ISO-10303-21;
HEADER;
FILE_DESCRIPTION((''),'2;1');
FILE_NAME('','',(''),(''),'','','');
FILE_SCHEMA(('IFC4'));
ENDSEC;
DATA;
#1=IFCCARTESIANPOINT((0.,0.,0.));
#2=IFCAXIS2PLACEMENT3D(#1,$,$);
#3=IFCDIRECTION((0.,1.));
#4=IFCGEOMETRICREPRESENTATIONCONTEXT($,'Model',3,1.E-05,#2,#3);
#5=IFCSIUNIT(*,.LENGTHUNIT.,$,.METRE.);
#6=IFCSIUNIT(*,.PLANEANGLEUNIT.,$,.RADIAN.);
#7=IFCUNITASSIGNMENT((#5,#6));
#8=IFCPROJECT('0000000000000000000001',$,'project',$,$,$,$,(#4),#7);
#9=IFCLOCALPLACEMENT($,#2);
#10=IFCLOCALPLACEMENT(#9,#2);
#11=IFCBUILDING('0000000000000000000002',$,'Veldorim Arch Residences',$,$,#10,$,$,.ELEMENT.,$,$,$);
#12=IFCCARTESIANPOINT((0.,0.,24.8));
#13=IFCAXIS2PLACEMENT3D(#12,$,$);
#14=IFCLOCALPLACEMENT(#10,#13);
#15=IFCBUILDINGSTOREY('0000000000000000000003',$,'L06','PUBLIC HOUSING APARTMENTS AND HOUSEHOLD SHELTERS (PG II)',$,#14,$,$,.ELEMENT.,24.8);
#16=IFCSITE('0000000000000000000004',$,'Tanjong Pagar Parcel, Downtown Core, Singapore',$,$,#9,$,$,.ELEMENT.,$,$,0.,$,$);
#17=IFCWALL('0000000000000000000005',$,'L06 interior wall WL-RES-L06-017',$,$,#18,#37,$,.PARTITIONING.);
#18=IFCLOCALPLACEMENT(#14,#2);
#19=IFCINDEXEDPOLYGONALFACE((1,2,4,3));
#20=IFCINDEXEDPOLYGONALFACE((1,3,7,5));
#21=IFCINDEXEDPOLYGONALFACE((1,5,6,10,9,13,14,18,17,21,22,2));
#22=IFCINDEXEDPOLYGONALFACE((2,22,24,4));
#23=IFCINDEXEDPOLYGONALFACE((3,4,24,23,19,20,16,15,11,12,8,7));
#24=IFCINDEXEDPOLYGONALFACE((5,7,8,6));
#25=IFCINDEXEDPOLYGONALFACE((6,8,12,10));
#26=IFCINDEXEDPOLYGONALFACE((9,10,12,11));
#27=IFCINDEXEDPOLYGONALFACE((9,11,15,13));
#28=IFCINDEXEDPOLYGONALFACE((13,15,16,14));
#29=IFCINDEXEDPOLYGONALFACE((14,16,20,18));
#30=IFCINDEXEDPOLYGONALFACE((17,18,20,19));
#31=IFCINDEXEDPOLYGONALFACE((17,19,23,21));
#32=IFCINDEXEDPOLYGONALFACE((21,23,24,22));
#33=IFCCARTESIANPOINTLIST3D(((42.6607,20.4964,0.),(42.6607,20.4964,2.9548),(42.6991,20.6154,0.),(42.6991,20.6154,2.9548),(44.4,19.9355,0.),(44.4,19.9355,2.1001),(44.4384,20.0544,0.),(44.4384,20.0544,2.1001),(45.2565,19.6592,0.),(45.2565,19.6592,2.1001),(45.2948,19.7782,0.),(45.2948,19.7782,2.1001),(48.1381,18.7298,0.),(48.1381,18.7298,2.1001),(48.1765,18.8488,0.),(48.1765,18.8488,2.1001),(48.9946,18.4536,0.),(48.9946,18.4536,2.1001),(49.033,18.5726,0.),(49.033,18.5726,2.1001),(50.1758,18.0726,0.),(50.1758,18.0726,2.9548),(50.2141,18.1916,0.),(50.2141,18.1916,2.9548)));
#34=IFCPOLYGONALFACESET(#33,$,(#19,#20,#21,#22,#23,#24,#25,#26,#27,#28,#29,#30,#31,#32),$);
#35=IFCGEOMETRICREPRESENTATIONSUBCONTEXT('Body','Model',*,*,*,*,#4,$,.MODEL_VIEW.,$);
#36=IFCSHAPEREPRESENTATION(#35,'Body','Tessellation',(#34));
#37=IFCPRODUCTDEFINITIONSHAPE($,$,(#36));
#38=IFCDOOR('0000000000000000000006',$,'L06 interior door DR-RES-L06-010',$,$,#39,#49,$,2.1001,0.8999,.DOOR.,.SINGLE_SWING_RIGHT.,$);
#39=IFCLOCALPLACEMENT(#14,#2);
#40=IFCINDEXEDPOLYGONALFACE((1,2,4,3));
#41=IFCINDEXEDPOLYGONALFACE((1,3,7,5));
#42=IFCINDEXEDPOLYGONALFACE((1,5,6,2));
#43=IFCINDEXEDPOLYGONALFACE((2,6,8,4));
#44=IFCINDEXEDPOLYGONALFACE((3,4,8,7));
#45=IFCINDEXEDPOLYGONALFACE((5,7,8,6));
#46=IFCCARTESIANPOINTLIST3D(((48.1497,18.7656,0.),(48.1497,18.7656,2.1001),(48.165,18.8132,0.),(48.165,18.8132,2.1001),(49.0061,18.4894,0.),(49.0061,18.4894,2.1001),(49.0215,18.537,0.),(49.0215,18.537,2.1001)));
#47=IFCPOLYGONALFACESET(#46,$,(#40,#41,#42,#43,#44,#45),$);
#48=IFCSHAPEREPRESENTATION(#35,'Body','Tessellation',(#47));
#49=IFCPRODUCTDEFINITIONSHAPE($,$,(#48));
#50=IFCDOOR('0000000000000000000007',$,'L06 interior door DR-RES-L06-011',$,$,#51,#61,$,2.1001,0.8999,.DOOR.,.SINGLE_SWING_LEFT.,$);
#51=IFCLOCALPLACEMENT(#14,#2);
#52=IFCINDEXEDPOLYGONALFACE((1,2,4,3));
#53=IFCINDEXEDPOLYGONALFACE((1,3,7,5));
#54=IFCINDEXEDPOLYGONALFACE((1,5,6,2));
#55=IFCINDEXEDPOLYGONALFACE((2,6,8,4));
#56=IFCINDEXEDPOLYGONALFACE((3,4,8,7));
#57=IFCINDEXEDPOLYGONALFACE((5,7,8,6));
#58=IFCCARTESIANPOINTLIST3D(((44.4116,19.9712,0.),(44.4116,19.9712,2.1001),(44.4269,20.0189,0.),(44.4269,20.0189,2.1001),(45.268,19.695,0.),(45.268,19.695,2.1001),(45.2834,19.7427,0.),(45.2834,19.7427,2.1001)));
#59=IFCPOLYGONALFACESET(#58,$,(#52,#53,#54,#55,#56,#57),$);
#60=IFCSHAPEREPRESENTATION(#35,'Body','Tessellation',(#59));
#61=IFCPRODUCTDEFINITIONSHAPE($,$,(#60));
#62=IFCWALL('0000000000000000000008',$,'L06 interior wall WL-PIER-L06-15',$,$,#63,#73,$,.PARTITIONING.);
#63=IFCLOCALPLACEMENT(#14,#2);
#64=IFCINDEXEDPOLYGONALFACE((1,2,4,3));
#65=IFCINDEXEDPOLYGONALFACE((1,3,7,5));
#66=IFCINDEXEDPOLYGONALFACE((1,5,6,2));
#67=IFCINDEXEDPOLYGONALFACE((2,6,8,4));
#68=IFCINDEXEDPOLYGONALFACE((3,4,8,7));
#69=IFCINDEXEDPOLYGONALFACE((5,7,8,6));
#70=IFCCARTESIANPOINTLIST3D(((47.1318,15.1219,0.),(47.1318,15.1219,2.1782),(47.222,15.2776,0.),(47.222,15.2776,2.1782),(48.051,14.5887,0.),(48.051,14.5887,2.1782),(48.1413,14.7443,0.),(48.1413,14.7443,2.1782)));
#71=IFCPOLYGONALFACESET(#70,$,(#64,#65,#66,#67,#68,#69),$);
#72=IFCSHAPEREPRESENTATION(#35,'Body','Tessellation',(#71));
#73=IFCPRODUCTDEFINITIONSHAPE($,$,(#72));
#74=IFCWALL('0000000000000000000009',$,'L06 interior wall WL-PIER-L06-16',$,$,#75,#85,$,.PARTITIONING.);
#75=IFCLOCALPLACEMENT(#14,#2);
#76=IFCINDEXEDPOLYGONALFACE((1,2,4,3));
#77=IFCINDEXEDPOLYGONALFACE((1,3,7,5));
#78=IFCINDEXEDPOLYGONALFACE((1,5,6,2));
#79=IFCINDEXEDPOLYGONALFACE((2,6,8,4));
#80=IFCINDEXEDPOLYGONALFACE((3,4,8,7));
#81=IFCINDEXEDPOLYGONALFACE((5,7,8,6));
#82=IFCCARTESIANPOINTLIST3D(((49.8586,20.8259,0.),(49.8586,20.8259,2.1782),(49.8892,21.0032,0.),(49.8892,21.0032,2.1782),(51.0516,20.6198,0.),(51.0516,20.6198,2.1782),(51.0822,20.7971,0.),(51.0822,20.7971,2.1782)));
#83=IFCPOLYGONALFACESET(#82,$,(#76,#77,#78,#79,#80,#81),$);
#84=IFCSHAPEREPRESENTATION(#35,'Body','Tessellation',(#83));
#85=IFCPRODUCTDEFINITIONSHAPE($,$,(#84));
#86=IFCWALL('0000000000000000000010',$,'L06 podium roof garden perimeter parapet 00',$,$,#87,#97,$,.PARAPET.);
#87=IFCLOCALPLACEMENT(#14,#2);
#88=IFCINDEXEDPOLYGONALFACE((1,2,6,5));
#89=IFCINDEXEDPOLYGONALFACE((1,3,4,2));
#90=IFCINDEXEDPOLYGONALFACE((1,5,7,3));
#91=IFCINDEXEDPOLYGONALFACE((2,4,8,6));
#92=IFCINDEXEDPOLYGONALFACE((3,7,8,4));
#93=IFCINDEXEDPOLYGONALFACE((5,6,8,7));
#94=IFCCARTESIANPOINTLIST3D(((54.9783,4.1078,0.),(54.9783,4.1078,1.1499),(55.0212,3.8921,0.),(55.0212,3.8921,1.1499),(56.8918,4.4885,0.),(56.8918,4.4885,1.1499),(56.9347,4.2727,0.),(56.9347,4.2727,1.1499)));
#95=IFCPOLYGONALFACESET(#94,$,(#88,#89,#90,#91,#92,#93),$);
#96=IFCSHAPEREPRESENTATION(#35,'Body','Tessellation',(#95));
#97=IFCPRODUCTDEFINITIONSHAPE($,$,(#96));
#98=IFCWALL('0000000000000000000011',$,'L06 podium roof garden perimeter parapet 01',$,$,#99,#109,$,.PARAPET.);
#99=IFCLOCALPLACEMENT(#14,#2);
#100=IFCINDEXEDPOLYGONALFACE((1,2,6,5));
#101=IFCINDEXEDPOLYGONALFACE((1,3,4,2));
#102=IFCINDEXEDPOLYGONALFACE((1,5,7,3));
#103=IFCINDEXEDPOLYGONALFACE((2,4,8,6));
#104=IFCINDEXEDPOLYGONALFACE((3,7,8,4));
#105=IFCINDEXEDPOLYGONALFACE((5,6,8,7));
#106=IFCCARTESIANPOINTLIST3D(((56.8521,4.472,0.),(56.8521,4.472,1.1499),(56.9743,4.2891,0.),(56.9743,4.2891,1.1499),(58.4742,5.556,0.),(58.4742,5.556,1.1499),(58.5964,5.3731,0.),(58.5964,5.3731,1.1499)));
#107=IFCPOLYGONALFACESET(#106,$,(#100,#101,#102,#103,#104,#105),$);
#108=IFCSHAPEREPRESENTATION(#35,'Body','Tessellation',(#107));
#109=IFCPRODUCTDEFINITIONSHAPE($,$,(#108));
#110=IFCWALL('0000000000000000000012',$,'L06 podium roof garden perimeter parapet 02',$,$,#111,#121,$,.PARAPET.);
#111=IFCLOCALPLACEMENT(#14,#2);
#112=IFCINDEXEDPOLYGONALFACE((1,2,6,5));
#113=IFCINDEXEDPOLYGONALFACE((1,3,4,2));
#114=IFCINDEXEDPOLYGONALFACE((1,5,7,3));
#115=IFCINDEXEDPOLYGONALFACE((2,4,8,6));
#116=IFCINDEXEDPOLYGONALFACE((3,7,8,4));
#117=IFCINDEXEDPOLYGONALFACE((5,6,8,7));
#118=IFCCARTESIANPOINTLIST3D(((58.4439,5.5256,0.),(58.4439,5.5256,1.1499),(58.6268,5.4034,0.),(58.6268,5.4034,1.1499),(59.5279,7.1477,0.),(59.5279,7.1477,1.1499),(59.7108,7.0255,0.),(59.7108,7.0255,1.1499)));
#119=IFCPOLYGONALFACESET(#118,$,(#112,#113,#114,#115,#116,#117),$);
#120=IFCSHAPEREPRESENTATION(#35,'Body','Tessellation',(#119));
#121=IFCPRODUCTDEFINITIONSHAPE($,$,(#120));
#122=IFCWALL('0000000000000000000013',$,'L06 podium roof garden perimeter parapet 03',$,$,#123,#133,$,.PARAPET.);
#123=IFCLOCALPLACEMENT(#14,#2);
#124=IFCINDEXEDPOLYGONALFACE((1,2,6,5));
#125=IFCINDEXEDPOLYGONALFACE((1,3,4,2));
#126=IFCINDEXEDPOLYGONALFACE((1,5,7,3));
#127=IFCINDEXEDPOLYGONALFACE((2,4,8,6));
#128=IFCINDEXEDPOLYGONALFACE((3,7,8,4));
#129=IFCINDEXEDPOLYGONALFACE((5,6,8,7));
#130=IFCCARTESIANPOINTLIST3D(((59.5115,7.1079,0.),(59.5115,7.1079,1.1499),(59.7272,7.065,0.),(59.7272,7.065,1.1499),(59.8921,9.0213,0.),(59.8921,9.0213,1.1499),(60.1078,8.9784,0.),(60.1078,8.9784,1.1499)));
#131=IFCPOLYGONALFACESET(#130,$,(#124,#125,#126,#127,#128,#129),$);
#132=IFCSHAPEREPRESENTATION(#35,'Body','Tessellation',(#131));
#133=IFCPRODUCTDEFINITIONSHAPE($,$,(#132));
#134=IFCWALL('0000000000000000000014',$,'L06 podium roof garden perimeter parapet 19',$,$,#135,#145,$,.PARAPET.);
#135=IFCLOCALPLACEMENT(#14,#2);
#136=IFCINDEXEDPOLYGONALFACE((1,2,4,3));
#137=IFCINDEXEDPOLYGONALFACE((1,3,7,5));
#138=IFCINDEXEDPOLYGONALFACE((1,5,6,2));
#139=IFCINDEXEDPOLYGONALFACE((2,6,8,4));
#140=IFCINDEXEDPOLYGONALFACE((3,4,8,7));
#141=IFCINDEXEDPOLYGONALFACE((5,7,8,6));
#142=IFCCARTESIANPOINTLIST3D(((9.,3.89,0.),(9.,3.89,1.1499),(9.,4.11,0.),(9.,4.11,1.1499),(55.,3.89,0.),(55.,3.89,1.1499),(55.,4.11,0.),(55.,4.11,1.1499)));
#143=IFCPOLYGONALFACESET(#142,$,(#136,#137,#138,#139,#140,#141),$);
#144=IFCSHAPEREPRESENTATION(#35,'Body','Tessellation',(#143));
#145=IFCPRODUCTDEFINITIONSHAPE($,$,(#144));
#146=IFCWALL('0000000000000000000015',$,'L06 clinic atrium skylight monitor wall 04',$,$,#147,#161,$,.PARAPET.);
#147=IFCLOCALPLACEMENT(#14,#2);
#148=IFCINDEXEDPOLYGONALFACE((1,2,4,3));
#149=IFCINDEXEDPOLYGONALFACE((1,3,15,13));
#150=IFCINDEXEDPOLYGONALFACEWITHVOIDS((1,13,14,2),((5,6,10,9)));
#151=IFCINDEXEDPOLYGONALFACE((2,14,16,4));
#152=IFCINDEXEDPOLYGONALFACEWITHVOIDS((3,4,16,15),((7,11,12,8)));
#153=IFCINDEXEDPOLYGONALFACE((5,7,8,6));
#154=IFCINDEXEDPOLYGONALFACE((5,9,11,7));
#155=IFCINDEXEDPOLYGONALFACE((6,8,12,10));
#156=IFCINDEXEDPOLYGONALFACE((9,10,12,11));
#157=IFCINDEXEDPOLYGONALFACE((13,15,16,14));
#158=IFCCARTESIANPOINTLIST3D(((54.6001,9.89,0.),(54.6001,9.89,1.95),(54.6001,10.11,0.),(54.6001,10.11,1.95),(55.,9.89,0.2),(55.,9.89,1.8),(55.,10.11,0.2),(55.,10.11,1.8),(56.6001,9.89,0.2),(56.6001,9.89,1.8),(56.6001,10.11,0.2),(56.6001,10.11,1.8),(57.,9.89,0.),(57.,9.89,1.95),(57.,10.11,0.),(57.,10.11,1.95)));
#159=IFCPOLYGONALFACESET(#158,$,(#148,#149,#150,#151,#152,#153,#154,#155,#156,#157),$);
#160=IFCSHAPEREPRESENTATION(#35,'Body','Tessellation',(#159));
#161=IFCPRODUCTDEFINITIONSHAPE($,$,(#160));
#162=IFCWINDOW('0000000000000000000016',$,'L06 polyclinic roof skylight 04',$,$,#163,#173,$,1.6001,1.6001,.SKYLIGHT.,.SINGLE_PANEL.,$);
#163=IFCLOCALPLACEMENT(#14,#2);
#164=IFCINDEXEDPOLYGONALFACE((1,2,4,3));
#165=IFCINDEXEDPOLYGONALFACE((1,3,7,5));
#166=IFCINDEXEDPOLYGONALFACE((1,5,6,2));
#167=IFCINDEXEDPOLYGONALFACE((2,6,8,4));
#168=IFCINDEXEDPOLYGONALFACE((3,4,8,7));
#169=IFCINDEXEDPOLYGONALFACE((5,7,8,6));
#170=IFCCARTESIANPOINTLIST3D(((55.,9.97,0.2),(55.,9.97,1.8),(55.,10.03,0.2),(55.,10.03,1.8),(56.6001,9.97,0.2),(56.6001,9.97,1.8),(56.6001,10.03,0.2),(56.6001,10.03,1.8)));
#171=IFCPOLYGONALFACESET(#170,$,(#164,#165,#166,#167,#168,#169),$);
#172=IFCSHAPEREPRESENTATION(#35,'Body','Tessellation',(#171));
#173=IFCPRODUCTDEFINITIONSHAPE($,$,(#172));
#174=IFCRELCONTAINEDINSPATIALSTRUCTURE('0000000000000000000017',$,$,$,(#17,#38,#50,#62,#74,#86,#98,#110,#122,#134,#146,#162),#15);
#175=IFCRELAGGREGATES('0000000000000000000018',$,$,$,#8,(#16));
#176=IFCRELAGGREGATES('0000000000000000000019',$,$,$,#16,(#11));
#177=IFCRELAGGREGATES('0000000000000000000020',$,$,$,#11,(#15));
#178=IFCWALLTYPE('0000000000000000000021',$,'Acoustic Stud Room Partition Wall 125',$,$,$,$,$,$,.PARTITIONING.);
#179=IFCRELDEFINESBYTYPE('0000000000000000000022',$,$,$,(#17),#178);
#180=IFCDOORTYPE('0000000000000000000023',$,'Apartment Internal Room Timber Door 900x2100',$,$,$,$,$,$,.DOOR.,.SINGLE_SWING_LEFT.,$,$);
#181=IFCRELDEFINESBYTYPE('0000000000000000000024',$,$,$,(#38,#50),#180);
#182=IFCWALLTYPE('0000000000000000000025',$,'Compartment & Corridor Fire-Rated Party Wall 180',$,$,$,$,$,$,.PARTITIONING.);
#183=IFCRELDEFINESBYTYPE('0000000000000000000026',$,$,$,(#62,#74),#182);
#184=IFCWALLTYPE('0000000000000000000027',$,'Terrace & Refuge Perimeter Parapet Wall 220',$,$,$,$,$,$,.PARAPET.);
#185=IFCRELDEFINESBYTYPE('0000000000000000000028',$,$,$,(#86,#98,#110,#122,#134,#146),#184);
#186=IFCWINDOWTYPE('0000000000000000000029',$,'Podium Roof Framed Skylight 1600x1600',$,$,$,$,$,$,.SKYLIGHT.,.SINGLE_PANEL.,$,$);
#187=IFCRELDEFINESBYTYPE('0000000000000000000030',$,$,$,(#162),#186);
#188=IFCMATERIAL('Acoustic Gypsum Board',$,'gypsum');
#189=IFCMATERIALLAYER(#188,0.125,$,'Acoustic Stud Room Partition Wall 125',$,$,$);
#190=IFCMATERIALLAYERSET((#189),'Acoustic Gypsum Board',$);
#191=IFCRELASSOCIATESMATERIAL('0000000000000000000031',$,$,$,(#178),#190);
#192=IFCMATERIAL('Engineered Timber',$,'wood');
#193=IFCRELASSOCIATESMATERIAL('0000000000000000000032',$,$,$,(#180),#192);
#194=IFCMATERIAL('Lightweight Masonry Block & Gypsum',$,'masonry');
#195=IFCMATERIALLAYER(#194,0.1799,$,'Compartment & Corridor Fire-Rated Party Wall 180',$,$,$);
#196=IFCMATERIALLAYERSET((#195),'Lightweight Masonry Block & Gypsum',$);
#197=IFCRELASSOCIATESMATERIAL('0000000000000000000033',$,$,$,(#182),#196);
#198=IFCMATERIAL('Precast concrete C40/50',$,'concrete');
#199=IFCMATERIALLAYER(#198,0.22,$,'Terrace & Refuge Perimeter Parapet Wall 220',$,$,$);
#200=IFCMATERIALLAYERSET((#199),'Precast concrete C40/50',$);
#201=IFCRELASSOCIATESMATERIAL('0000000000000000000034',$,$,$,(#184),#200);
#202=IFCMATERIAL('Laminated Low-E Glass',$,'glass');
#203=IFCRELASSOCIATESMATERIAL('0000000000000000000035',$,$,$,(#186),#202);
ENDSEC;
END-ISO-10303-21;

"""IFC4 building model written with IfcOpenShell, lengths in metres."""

from ifc_helpers import new_model, si_unit, direction, frame, frame_2d, origin, place, context, subcontext, project, spatial, rectangle, extrude, material, layer, layer_set, type_object, element, fill, save


model = new_model("IFC4")

# Units and contexts
model_context = context("Model", 3, precision=1e-05, world=origin(), true_north=direction((0.0, 1.0)))
body_context = subcontext(model_context, "Body", "Model", "MODEL_VIEW")
ifc_project = project(units=[si_unit("LENGTHUNIT", "METRE"), si_unit("PLANEANGLEUNIT", "RADIAN")], contexts=[model_context])

# Site, building, storey
site_placement = place(None, origin())
site = spatial("IfcSite", under=ifc_project, at=site_placement, Name="Tanjong Pagar Parcel, Downtown Core, Singapore", CompositionType="ELEMENT", RefElevation=0.0)
building_placement = place(site_placement, origin())
building = spatial("IfcBuilding", under=site, at=building_placement, Name="Veldorim Arch Residences", CompositionType="ELEMENT")
storey_placement = place(building_placement, frame((0.0, 0.0, 24.8)))
storey = spatial("IfcBuildingStorey", under=building, at=storey_placement, Name="L06", Description="PUBLIC HOUSING APARTMENTS AND HOUSEHOLD SHELTERS (PG II)", CompositionType="ELEMENT", Elevation=24.8)

# Wall, openings, doors
ifc_material_1 = material(Name="Acoustic Gypsum Board", Category="gypsum")
ifc_layer_1 = layer(ifc_material_1, 0.125, Name="Acoustic Stud Room Partition Wall 125")
ifc_layer_set_1 = layer_set([ifc_layer_1], Name="Acoustic Gypsum Board")
wall_type_1 = type_object("IfcWallType", Name="Acoustic Stud Room Partition Wall 125", PredefinedType="PARTITIONING", material=ifc_layer_set_1)
wall_1_placement = place(storey_placement, frame((50.1951, 18.1321, 0.0), z_axis=(0.0, 0.0, 1.0), x_axis=(-0.951724, 0.306956, 0.0)))
wall_1 = element("IfcWall", 1, at=wall_1_placement, inside=storey, type_object=wall_type_1, Name="L06 interior wall WL-RES-L06-017", PredefinedType="PARTITIONING", context=body_context, shape_type="SweptSolid", body=[
    extrude(rectangle(XDim=7.8962, YDim=0.125, at=frame_2d((3.9482, 0.0))), origin(), (0.0, 0.0, 1.0), 2.9548),
])
opening_1_placement = place(wall_1_placement, frame((1.2412, 0.0, 0.0)))
opening_1 = element("IfcOpeningElement", 2, at=opening_1_placement, cuts=wall_1, PredefinedType="OPENING", context=body_context, shape_type="SweptSolid", body=[
    extrude(rectangle(XDim=0.8999, YDim=2.1001, at=frame_2d((0.45, 1.05))), frame((0.0, 0.0725, 0.0), z_axis=(0.0, -1.0, 0.0), x_axis=(1.0, 0.0, 0.0)), (0.0, 0.0, 1.0), 0.145),
])
opening_2_placement = place(wall_1_placement, frame((5.1689, 0.0, 0.0)))
opening_2 = element("IfcOpeningElement", 3, at=opening_2_placement, cuts=wall_1, PredefinedType="OPENING", context=body_context, shape_type="SweptSolid", body=[
    extrude(rectangle(XDim=0.8999, YDim=2.1001, at=frame_2d((0.45, 1.05))), frame((0.0, 0.0725, 0.0), z_axis=(0.0, -1.0, 0.0), x_axis=(1.0, 0.0, 0.0)), (0.0, 0.0, 1.0), 0.145),
])
ifc_material_2 = material(Name="Engineered Timber", Category="wood")
door_type_1 = type_object("IfcDoorType", Name="Apartment Internal Room Timber Door 900x2100", OperationType="SINGLE_SWING_LEFT", PredefinedType="DOOR", material=ifc_material_2)
door_1_placement = place(opening_1_placement, origin())
door_1 = element("IfcDoor", 4, at=door_1_placement, inside=storey, type_object=door_type_1, Name="L06 interior door DR-RES-L06-010", OperationType="SINGLE_SWING_RIGHT", OverallHeight=2.1001, OverallWidth=0.8999, PredefinedType="DOOR", context=body_context, shape_type="SweptSolid", body=[
    extrude(rectangle(XDim=0.8999, YDim=2.1001, at=frame_2d((0.45, 1.05))), frame((0.0, 0.0249, 0.0), z_axis=(0.0, -1.0, 0.0), x_axis=(1.0, 0.0, 0.0)), (0.0, 0.0, 1.0), 0.05),
])
fill(opening_1, door_1)
door_2_placement = place(opening_2_placement, origin())
door_2 = element("IfcDoor", 5, at=door_2_placement, inside=storey, type_object=door_type_1, Name="L06 interior door DR-RES-L06-011", OperationType="SINGLE_SWING_LEFT", OverallHeight=2.1001, OverallWidth=0.8999, PredefinedType="DOOR", context=body_context, shape_type="SweptSolid", body=[
    extrude(rectangle(XDim=0.8999, YDim=2.1001, at=frame_2d((0.45, 1.05))), frame((0.0, 0.0249, 0.0), z_axis=(0.0, -1.0, 0.0), x_axis=(1.0, 0.0, 0.0)), (0.0, 0.0, 1.0), 0.05),
])
fill(opening_2, door_2)

# Walls
ifc_material_3 = material(Name="Lightweight Masonry Block & Gypsum", Category="masonry")
ifc_layer_2 = layer(ifc_material_3, 0.1799, Name="Compartment & Corridor Fire-Rated Party Wall 180")
ifc_layer_set_2 = layer_set([ifc_layer_2], Name="Lightweight Masonry Block & Gypsum")
wall_type_2 = type_object("IfcWallType", Name="Compartment & Corridor Fire-Rated Party Wall 180", PredefinedType="PARTITIONING", material=ifc_layer_set_2)
wall_2_placement = place(storey_placement, frame((47.177, 15.1997, 0.0), z_axis=(0.0, 0.0, 1.0), x_axis=(0.865001, -0.50177, 0.0)))
element("IfcWall", 6, at=wall_2_placement, inside=storey, type_object=wall_type_2, Name="L06 interior wall WL-PIER-L06-15", PredefinedType="PARTITIONING", context=body_context, shape_type="SweptSolid", body=[
    extrude(rectangle(XDim=1.0627, YDim=0.1799, at=frame_2d((0.5312, 0.0))), origin(), (0.0, 0.0, 1.0), 2.1782),
])
wall_3_placement = place(storey_placement, frame((49.8738, 20.9146, 0.0), z_axis=(0.0, 0.0, 1.0), x_axis=(0.985412, -0.170184, 0.0)))
element("IfcWall", 7, at=wall_3_placement, inside=storey, type_object=wall_type_2, Name="L06 interior wall WL-PIER-L06-16", PredefinedType="PARTITIONING", context=body_context, shape_type="SweptSolid", body=[
    extrude(rectangle(XDim=1.2107, YDim=0.1799, at=frame_2d((0.6055, 0.0))), origin(), (0.0, 0.0, 1.0), 2.1782),
])
ifc_material_4 = material(Name="Precast concrete C40/50", Category="concrete")
ifc_layer_3 = layer(ifc_material_4, 0.22, Name="Terrace & Refuge Perimeter Parapet Wall 220")
ifc_layer_set_3 = layer_set([ifc_layer_3], Name="Precast concrete C40/50")
wall_type_3 = type_object("IfcWallType", Name="Terrace & Refuge Perimeter Parapet Wall 220", PredefinedType="PARAPET", material=ifc_layer_set_3)
for number, where, z_axis, x_axis, name in (
    (8, (56.9133, 4.3806, 0.0), (0.0, 0.0, 1.0), (-0.980782, -0.195105, 0.0), "L06 podium roof garden perimeter parapet 00"),
    (9, (58.5354, 5.4646, 0.0), (0.0, 0.0, 1.0), (-0.831434, -0.555624, 0.0), "L06 podium roof garden perimeter parapet 01"),
    (10, (59.6194, 7.0867, 0.0), (0.0, 0.0, 1.0), (-0.555624, -0.831434, 0.0), "L06 podium roof garden perimeter parapet 02"),
    (11, (60.0, 9.0, 0.0), (0.0, 0.0, 1.0), (-0.195105, -0.980782, 0.0), "L06 podium roof garden perimeter parapet 03"),
):
    element("IfcWall", number, at=place(storey_placement, frame(where, z_axis=z_axis, x_axis=x_axis)), inside=storey, type_object=wall_type_3, Name=name, PredefinedType="PARAPET", context=body_context, shape_type="SweptSolid", body=[
        extrude(rectangle(XDim=1.9509, YDim=0.22, at=frame_2d((0.9756, 0.0))), origin(), (0.0, 0.0, 1.0), 1.1499),
    ])
wall_4_placement = place(storey_placement, frame((55.0, 4.0, 0.0), z_axis=(0.0, 0.0, 1.0), x_axis=(-1.0, 0.0, 0.0)))
element("IfcWall", 12, at=wall_4_placement, inside=storey, type_object=wall_type_3, Name="L06 podium roof garden perimeter parapet 19", PredefinedType="PARAPET", context=body_context, shape_type="SweptSolid", body=[
    extrude(rectangle(XDim=46.0, YDim=0.22, at=frame_2d((23.0, 0.0))), origin(), (0.0, 0.0, 1.0), 1.1499),
])

# Wall, opening, window
wall_5_placement = place(storey_placement, frame((54.6001, 10.0, 0.0), z_axis=(0.0, 0.0, 1.0), x_axis=(1.0, 0.0, 0.0)))
wall_5 = element("IfcWall", 13, at=wall_5_placement, inside=storey, type_object=wall_type_3, Name="L06 clinic atrium skylight monitor wall 04", PredefinedType="PARAPET", context=body_context, shape_type="SweptSolid", body=[
    extrude(rectangle(XDim=2.3999, YDim=0.22, at=frame_2d((1.2, 0.0))), origin(), (0.0, 0.0, 1.0), 1.95),
])
opening_3_placement = place(wall_5_placement, frame((0.3999, 0.0, 0.2)))
opening_3 = element("IfcOpeningElement", 14, at=opening_3_placement, cuts=wall_5, PredefinedType="OPENING", context=body_context, shape_type="SweptSolid", body=[
    extrude(rectangle(XDim=1.6001, YDim=1.6001, at=frame_2d((0.8, 0.8))), frame((0.0, 0.1199, 0.0), z_axis=(0.0, -1.0, 0.0), x_axis=(1.0, 0.0, 0.0)), (0.0, 0.0, 1.0), 0.24),
])
ifc_material_5 = material(Name="Laminated Low-E Glass", Category="glass")
window_type_1 = type_object("IfcWindowType", Name="Podium Roof Framed Skylight 1600x1600", PartitioningType="SINGLE_PANEL", PredefinedType="SKYLIGHT", material=ifc_material_5)
window_1_placement = place(opening_3_placement, origin())
window_1 = element("IfcWindow", 15, at=window_1_placement, inside=storey, type_object=window_type_1, Name="L06 polyclinic roof skylight 04", OverallHeight=1.6001, OverallWidth=1.6001, PartitioningType="SINGLE_PANEL", PredefinedType="SKYLIGHT", context=body_context, shape_type="SweptSolid", body=[
    extrude(rectangle(XDim=1.6001, YDim=1.6001, at=frame_2d((0.8, 0.8))), frame((0.0, 0.03, 0.0), z_axis=(0.0, -1.0, 0.0), x_axis=(1.0, 0.0, 0.0)), (0.0, 0.0, 1.0), 0.0601),
])
fill(opening_3, window_1)

save(model, "model.ifc")
